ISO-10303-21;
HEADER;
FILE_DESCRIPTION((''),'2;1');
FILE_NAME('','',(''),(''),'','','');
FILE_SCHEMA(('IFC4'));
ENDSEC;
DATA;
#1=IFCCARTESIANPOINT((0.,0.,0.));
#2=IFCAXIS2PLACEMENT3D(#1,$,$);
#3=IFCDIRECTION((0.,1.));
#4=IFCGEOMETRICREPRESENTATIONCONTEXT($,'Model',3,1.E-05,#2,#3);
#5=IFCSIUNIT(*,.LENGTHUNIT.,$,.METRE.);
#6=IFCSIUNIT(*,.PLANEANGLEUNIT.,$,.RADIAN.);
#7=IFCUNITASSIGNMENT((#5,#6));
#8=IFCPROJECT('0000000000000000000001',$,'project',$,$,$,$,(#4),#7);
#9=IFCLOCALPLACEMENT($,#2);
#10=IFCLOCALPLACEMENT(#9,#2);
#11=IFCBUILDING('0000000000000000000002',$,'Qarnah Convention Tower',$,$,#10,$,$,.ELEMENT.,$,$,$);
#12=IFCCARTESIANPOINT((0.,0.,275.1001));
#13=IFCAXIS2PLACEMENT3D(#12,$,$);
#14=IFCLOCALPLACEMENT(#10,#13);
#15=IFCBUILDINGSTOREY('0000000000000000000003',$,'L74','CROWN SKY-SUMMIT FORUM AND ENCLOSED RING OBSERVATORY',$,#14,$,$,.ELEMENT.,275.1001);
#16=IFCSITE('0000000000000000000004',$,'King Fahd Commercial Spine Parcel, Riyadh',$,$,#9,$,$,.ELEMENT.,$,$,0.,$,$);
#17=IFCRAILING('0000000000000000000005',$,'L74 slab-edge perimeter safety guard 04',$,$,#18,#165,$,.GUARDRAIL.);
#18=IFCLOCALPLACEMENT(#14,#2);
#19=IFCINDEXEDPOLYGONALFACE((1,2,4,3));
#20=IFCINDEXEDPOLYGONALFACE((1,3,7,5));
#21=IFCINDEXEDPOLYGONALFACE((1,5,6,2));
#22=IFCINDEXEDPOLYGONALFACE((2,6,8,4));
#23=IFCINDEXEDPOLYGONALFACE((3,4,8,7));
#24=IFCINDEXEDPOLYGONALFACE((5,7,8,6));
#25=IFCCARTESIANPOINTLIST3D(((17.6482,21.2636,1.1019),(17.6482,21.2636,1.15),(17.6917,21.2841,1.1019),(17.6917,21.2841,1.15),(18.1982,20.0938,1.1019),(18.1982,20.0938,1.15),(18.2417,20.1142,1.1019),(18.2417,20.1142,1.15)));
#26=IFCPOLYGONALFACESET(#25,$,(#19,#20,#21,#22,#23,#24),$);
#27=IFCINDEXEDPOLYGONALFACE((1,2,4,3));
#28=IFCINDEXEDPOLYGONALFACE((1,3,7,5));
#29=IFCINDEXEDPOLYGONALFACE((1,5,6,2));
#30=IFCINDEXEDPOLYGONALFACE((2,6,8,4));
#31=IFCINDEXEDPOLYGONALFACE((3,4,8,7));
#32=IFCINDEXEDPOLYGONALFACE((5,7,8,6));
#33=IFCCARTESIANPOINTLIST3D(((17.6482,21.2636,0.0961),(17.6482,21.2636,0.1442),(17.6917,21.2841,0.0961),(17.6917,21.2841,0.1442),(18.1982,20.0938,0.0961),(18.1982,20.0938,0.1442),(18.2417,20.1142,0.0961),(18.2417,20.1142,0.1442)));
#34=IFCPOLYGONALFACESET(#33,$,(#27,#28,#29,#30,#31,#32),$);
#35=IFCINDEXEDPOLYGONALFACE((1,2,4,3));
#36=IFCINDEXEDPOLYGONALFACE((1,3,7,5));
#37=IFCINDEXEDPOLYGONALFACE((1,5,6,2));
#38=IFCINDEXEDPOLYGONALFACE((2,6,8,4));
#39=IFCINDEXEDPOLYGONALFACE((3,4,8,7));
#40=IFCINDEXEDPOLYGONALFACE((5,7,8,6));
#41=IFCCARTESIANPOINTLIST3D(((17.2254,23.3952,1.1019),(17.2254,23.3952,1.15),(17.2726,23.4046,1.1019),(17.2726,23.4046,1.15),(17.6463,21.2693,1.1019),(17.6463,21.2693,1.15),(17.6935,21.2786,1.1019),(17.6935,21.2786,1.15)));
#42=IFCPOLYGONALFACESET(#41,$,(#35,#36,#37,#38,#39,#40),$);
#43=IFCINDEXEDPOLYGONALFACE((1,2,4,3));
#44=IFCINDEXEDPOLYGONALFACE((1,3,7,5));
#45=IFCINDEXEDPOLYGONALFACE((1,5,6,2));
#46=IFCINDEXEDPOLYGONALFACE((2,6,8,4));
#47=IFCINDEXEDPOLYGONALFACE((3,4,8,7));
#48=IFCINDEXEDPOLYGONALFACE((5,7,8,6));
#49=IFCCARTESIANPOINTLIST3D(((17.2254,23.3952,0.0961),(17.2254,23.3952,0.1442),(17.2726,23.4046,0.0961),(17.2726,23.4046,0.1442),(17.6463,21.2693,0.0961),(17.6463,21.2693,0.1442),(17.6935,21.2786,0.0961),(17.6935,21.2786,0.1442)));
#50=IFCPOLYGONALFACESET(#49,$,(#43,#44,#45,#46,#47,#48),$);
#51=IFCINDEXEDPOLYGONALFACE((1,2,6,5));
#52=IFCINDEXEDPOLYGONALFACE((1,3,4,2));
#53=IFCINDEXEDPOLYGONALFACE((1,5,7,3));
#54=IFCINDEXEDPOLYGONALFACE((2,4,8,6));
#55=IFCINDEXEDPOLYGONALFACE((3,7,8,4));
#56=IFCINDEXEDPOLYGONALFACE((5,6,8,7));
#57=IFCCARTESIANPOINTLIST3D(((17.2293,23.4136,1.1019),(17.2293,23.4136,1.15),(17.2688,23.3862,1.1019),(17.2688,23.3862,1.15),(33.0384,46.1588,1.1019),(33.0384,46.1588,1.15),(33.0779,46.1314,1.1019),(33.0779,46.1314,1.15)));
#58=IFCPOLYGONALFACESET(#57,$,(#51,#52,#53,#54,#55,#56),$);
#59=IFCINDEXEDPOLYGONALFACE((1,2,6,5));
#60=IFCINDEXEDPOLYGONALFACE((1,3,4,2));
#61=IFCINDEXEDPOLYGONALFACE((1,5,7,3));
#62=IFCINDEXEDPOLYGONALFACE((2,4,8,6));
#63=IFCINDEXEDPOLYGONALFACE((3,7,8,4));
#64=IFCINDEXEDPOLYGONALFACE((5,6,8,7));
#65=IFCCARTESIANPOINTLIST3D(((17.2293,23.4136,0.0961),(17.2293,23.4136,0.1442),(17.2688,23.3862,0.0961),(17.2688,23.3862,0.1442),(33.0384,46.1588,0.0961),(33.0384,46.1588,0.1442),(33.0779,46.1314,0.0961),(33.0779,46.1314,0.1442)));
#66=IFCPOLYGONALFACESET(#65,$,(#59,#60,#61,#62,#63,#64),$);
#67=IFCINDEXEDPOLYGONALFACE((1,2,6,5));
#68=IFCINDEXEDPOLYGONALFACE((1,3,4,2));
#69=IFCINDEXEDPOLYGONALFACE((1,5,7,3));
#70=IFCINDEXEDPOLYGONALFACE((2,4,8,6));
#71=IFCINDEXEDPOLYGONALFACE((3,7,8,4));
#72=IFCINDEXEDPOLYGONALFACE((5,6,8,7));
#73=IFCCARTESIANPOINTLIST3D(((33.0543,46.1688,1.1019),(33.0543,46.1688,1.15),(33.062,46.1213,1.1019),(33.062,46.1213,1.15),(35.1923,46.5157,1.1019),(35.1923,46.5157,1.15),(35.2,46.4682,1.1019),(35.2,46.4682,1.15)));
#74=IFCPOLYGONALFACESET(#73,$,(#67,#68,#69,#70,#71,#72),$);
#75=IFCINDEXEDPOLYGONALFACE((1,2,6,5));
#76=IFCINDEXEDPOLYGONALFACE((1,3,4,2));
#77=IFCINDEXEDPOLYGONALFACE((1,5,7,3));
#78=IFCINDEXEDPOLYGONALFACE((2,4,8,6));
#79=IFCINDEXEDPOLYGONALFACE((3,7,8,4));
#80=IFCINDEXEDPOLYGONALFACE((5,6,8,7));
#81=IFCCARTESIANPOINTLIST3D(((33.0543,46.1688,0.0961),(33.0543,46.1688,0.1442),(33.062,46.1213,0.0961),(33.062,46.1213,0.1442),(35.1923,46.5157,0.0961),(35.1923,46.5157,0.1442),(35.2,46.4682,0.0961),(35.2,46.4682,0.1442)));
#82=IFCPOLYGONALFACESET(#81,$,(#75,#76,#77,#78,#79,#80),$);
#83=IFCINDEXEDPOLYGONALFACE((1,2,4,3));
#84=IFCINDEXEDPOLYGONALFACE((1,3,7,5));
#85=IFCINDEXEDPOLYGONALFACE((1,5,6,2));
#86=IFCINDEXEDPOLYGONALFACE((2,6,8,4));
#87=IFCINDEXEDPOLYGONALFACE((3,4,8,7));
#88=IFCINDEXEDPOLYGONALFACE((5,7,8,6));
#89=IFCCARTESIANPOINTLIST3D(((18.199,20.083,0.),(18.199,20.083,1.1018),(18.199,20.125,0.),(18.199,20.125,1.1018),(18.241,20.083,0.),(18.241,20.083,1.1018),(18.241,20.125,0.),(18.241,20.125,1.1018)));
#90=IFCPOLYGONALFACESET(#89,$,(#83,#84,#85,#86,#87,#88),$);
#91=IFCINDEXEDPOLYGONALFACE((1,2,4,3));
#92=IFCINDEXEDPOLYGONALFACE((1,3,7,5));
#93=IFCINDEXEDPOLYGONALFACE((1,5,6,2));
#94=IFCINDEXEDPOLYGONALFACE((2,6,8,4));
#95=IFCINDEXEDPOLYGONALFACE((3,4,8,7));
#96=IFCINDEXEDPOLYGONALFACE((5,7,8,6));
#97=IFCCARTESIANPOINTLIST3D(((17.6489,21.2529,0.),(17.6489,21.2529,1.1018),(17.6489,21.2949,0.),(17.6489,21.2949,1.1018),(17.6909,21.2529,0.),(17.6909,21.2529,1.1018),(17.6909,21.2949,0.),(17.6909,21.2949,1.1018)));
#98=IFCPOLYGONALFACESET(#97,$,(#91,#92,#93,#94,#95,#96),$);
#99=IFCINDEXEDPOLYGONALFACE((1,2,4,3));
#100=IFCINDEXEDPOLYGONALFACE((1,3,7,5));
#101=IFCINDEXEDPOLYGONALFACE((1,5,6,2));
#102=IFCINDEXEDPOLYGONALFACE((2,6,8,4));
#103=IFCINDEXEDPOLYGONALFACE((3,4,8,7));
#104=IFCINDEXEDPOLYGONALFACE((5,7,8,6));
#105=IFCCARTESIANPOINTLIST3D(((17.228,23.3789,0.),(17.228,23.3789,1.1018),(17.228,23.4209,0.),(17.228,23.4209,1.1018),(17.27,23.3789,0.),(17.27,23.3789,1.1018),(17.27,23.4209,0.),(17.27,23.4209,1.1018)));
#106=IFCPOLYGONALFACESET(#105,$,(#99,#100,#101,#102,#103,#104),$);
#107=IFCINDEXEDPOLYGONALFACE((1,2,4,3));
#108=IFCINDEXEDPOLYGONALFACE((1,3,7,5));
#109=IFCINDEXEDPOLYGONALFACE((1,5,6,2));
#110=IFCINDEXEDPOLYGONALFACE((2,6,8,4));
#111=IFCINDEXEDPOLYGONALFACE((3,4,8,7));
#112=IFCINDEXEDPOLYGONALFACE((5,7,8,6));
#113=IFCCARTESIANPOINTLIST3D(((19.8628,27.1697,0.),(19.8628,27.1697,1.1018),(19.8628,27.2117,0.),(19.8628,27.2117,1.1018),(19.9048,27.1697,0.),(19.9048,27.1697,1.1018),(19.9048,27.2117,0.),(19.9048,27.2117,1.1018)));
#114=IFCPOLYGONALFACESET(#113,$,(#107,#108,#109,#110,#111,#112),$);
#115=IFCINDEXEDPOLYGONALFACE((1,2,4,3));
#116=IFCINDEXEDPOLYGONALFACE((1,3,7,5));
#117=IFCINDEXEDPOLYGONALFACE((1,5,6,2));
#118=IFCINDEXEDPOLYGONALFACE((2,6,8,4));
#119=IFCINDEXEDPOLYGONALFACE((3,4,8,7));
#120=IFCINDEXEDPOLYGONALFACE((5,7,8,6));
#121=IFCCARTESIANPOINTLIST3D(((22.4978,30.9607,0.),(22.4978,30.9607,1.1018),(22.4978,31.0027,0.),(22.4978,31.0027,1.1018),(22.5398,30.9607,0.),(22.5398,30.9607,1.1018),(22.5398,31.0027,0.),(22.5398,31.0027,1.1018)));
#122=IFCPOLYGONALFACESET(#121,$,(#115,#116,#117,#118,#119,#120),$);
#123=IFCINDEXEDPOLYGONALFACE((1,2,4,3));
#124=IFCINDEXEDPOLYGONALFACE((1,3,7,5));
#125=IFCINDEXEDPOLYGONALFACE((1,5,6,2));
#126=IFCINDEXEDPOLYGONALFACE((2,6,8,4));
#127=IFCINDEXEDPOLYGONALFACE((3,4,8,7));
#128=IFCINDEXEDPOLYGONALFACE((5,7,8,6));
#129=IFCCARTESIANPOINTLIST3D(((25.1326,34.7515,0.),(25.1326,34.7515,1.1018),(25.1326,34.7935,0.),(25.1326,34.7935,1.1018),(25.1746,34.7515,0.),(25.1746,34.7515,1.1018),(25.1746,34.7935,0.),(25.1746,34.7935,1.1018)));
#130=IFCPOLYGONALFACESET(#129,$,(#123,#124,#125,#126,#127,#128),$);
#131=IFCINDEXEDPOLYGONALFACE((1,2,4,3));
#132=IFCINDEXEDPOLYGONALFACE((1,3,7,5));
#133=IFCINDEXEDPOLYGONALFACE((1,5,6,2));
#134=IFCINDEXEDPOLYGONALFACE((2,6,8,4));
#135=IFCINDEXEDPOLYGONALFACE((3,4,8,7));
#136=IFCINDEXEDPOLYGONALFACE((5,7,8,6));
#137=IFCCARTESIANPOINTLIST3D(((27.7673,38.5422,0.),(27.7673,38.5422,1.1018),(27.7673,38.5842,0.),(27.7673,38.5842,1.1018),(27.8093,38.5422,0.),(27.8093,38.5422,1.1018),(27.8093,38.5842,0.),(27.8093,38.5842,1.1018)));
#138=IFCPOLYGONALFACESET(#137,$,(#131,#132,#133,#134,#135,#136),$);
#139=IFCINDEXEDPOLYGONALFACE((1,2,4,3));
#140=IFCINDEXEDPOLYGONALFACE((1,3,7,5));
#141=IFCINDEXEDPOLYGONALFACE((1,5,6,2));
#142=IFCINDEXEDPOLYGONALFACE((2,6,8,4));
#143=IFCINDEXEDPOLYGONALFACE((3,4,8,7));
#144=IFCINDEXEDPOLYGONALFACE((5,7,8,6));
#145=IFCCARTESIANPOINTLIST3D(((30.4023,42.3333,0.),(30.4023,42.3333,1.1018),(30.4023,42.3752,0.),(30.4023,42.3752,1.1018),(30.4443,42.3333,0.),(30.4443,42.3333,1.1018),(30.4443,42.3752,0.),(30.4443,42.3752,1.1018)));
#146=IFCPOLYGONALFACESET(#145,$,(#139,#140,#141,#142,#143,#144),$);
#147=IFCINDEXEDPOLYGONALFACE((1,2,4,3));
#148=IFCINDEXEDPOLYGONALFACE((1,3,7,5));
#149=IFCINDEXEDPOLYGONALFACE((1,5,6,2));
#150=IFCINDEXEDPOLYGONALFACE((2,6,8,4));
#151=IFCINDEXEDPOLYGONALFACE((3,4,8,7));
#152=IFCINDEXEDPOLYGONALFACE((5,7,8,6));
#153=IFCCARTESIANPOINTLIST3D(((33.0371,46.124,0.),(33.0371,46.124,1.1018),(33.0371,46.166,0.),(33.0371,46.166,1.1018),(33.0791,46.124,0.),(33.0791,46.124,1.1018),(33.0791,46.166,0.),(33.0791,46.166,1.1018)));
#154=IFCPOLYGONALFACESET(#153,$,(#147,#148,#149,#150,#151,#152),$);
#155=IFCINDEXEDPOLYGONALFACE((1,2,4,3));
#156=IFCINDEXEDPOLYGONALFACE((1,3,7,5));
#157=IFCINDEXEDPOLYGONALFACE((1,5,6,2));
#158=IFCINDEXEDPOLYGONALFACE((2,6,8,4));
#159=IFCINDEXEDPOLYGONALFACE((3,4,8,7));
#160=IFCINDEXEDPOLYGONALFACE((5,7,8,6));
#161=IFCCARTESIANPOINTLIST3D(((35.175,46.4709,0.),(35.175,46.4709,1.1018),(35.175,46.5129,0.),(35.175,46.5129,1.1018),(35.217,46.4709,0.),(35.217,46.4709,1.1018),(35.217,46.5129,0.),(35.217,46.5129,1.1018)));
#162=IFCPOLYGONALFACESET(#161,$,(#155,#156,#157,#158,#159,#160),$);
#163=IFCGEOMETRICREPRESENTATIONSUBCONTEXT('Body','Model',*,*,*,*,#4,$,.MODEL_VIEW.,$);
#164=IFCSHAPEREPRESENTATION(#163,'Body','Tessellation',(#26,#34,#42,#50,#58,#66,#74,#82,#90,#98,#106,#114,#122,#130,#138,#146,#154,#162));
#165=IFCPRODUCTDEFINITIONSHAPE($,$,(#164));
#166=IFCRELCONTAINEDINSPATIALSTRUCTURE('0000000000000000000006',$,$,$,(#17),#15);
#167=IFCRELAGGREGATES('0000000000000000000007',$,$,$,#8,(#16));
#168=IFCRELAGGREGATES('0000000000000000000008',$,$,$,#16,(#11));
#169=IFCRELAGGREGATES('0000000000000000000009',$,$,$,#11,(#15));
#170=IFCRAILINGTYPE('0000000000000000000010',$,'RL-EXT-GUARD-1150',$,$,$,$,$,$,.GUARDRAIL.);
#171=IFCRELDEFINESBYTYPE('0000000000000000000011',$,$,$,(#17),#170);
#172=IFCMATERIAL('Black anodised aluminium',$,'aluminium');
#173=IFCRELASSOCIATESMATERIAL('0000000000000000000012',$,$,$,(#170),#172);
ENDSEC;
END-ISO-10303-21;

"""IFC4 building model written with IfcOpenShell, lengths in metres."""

from ifc_helpers import new_model, si_unit, direction, frame, origin, origin_2d, place, context, subcontext, project, spatial, rectangle, extrude, material, type_object, element, save


model = new_model("IFC4")

# Units and contexts
model_context = context("Model", 3, precision=1e-05, world=origin(), true_north=direction((0.0, 1.0)))
body_context = subcontext(model_context, "Body", "Model", "MODEL_VIEW")
ifc_project = project(units=[si_unit("LENGTHUNIT", "METRE"), si_unit("PLANEANGLEUNIT", "RADIAN")], contexts=[model_context])

# Site, building, storey
site_placement = place(None, origin())
site = spatial("IfcSite", under=ifc_project, at=site_placement, Name="King Fahd Commercial Spine Parcel, Riyadh", CompositionType="ELEMENT", RefElevation=0.0)
building_placement = place(site_placement, origin())
building = spatial("IfcBuilding", under=site, at=building_placement, Name="Qarnah Convention Tower", CompositionType="ELEMENT")
storey_placement = place(building_placement, frame((0.0, 0.0, 275.1001)))
storey = spatial("IfcBuildingStorey", under=building, at=storey_placement, Name="L74", Description="CROWN SKY-SUMMIT FORUM AND ENCLOSED RING OBSERVATORY", CompositionType="ELEMENT", Elevation=275.1001)

# Shared definitions
ifc_material_1 = material(Name="Black anodised aluminium", Category="aluminium")

# Railing
railing_type = type_object("IfcRailingType", Name="RL-EXT-GUARD-1150", PredefinedType="GUARDRAIL", material=ifc_material_1)
railing_1_placement = place(storey_placement, frame((18.22, 20.104, 0.0)))
element("IfcRailing", 1, at=railing_1_placement, inside=storey, type_object=railing_type, Name="L74 slab-edge perimeter safety guard 04", PredefinedType="GUARDRAIL", context=body_context, shape_type="SweptSolid", body=[
    extrude(rectangle(XDim=0.0481, YDim=0.0481, at=origin_2d()), frame((0.0, 0.0, 1.126), z_axis=(-0.425479, 0.904968, 0.0), x_axis=(-0.904968, -0.425479, 0.0)), (0.0, 0.0, 1.0), 1.2927),
    extrude(rectangle(XDim=0.0481, YDim=0.0481, at=origin_2d()), frame((0.0, 0.0, 0.1201), z_axis=(-0.425479, 0.904968, 0.0), x_axis=(-0.904968, -0.425479, 0.0)), (0.0, 0.0, 1.0), 1.2927),
    extrude(rectangle(XDim=0.0481, YDim=0.0481, at=origin_2d()), frame((-0.55, 1.1699, 1.126), z_axis=(-0.194209, 0.98096, 0.0), x_axis=(-0.98096, -0.194209, 0.0)), (0.0, 0.0, 1.0), 2.1672),
    extrude(rectangle(XDim=0.0481, YDim=0.0481, at=origin_2d()), frame((-0.55, 1.1699, 0.1201), z_axis=(-0.194209, 0.98096, 0.0), x_axis=(-0.98096, -0.194209, 0.0)), (0.0, 0.0, 1.0), 2.1672),
    extrude(rectangle(XDim=0.0481, YDim=0.0481, at=origin_2d()), frame((-0.9709, 3.2959, 1.126), z_axis=(0.570733, 0.821135, 0.0), x_axis=(-0.821135, 0.570733, 0.0)), (0.0, 0.0, 1.0), 27.6997),
    extrude(rectangle(XDim=0.0481, YDim=0.0481, at=origin_2d()), frame((-0.9709, 3.2959, 0.1201), z_axis=(0.570733, 0.821135, 0.0), x_axis=(-0.821135, 0.570733, 0.0)), (0.0, 0.0, 1.0), 27.6997),
    extrude(rectangle(XDim=0.0481, YDim=0.0481, at=origin_2d()), frame((14.8381, 26.041, 1.126), z_axis=(0.987089, 0.160175, 0.0), x_axis=(-0.160175, 0.987089, 0.0)), (0.0, 0.0, 1.0), 2.166),
    extrude(rectangle(XDim=0.0481, YDim=0.0481, at=origin_2d()), frame((14.8381, 26.041, 0.1201), z_axis=(0.987089, 0.160175, 0.0), x_axis=(-0.160175, 0.987089, 0.0)), (0.0, 0.0, 1.0), 2.166),
    extrude(rectangle(XDim=0.042, YDim=0.042, at=origin_2d()), origin(), (0.0, 0.0, 1.0), 1.1018),
    extrude(rectangle(XDim=0.042, YDim=0.042, at=origin_2d()), frame((-0.55, 1.1699, 0.0)), (0.0, 0.0, 1.0), 1.1018),
    extrude(rectangle(XDim=0.042, YDim=0.042, at=origin_2d()), frame((-0.9709, 3.2959, 0.0)), (0.0, 0.0, 1.0), 1.1018),
    extrude(rectangle(XDim=0.042, YDim=0.042, at=origin_2d()), frame((1.6638, 7.0867, 0.0)), (0.0, 0.0, 1.0), 1.1018),
    extrude(rectangle(XDim=0.042, YDim=0.042, at=origin_2d()), frame((4.2988, 10.8777, 0.0)), (0.0, 0.0, 1.0), 1.1018),
    extrude(rectangle(XDim=0.042, YDim=0.042, at=origin_2d()), frame((6.9336, 14.6685, 0.0)), (0.0, 0.0, 1.0), 1.1018),
    extrude(rectangle(XDim=0.042, YDim=0.042, at=origin_2d()), frame((9.5684, 18.4592, 0.0)), (0.0, 0.0, 1.0), 1.1018),
    extrude(rectangle(XDim=0.042, YDim=0.042, at=origin_2d()), frame((12.2034, 22.2502, 0.0)), (0.0, 0.0, 1.0), 1.1018),
    extrude(rectangle(XDim=0.042, YDim=0.042, at=origin_2d()), frame((14.8381, 26.041, 0.0)), (0.0, 0.0, 1.0), 1.1018),
    extrude(rectangle(XDim=0.042, YDim=0.042, at=origin_2d()), frame((16.9761, 26.3879, 0.0)), (0.0, 0.0, 1.0), 1.1018),
])

save(model, "model.ifc")
